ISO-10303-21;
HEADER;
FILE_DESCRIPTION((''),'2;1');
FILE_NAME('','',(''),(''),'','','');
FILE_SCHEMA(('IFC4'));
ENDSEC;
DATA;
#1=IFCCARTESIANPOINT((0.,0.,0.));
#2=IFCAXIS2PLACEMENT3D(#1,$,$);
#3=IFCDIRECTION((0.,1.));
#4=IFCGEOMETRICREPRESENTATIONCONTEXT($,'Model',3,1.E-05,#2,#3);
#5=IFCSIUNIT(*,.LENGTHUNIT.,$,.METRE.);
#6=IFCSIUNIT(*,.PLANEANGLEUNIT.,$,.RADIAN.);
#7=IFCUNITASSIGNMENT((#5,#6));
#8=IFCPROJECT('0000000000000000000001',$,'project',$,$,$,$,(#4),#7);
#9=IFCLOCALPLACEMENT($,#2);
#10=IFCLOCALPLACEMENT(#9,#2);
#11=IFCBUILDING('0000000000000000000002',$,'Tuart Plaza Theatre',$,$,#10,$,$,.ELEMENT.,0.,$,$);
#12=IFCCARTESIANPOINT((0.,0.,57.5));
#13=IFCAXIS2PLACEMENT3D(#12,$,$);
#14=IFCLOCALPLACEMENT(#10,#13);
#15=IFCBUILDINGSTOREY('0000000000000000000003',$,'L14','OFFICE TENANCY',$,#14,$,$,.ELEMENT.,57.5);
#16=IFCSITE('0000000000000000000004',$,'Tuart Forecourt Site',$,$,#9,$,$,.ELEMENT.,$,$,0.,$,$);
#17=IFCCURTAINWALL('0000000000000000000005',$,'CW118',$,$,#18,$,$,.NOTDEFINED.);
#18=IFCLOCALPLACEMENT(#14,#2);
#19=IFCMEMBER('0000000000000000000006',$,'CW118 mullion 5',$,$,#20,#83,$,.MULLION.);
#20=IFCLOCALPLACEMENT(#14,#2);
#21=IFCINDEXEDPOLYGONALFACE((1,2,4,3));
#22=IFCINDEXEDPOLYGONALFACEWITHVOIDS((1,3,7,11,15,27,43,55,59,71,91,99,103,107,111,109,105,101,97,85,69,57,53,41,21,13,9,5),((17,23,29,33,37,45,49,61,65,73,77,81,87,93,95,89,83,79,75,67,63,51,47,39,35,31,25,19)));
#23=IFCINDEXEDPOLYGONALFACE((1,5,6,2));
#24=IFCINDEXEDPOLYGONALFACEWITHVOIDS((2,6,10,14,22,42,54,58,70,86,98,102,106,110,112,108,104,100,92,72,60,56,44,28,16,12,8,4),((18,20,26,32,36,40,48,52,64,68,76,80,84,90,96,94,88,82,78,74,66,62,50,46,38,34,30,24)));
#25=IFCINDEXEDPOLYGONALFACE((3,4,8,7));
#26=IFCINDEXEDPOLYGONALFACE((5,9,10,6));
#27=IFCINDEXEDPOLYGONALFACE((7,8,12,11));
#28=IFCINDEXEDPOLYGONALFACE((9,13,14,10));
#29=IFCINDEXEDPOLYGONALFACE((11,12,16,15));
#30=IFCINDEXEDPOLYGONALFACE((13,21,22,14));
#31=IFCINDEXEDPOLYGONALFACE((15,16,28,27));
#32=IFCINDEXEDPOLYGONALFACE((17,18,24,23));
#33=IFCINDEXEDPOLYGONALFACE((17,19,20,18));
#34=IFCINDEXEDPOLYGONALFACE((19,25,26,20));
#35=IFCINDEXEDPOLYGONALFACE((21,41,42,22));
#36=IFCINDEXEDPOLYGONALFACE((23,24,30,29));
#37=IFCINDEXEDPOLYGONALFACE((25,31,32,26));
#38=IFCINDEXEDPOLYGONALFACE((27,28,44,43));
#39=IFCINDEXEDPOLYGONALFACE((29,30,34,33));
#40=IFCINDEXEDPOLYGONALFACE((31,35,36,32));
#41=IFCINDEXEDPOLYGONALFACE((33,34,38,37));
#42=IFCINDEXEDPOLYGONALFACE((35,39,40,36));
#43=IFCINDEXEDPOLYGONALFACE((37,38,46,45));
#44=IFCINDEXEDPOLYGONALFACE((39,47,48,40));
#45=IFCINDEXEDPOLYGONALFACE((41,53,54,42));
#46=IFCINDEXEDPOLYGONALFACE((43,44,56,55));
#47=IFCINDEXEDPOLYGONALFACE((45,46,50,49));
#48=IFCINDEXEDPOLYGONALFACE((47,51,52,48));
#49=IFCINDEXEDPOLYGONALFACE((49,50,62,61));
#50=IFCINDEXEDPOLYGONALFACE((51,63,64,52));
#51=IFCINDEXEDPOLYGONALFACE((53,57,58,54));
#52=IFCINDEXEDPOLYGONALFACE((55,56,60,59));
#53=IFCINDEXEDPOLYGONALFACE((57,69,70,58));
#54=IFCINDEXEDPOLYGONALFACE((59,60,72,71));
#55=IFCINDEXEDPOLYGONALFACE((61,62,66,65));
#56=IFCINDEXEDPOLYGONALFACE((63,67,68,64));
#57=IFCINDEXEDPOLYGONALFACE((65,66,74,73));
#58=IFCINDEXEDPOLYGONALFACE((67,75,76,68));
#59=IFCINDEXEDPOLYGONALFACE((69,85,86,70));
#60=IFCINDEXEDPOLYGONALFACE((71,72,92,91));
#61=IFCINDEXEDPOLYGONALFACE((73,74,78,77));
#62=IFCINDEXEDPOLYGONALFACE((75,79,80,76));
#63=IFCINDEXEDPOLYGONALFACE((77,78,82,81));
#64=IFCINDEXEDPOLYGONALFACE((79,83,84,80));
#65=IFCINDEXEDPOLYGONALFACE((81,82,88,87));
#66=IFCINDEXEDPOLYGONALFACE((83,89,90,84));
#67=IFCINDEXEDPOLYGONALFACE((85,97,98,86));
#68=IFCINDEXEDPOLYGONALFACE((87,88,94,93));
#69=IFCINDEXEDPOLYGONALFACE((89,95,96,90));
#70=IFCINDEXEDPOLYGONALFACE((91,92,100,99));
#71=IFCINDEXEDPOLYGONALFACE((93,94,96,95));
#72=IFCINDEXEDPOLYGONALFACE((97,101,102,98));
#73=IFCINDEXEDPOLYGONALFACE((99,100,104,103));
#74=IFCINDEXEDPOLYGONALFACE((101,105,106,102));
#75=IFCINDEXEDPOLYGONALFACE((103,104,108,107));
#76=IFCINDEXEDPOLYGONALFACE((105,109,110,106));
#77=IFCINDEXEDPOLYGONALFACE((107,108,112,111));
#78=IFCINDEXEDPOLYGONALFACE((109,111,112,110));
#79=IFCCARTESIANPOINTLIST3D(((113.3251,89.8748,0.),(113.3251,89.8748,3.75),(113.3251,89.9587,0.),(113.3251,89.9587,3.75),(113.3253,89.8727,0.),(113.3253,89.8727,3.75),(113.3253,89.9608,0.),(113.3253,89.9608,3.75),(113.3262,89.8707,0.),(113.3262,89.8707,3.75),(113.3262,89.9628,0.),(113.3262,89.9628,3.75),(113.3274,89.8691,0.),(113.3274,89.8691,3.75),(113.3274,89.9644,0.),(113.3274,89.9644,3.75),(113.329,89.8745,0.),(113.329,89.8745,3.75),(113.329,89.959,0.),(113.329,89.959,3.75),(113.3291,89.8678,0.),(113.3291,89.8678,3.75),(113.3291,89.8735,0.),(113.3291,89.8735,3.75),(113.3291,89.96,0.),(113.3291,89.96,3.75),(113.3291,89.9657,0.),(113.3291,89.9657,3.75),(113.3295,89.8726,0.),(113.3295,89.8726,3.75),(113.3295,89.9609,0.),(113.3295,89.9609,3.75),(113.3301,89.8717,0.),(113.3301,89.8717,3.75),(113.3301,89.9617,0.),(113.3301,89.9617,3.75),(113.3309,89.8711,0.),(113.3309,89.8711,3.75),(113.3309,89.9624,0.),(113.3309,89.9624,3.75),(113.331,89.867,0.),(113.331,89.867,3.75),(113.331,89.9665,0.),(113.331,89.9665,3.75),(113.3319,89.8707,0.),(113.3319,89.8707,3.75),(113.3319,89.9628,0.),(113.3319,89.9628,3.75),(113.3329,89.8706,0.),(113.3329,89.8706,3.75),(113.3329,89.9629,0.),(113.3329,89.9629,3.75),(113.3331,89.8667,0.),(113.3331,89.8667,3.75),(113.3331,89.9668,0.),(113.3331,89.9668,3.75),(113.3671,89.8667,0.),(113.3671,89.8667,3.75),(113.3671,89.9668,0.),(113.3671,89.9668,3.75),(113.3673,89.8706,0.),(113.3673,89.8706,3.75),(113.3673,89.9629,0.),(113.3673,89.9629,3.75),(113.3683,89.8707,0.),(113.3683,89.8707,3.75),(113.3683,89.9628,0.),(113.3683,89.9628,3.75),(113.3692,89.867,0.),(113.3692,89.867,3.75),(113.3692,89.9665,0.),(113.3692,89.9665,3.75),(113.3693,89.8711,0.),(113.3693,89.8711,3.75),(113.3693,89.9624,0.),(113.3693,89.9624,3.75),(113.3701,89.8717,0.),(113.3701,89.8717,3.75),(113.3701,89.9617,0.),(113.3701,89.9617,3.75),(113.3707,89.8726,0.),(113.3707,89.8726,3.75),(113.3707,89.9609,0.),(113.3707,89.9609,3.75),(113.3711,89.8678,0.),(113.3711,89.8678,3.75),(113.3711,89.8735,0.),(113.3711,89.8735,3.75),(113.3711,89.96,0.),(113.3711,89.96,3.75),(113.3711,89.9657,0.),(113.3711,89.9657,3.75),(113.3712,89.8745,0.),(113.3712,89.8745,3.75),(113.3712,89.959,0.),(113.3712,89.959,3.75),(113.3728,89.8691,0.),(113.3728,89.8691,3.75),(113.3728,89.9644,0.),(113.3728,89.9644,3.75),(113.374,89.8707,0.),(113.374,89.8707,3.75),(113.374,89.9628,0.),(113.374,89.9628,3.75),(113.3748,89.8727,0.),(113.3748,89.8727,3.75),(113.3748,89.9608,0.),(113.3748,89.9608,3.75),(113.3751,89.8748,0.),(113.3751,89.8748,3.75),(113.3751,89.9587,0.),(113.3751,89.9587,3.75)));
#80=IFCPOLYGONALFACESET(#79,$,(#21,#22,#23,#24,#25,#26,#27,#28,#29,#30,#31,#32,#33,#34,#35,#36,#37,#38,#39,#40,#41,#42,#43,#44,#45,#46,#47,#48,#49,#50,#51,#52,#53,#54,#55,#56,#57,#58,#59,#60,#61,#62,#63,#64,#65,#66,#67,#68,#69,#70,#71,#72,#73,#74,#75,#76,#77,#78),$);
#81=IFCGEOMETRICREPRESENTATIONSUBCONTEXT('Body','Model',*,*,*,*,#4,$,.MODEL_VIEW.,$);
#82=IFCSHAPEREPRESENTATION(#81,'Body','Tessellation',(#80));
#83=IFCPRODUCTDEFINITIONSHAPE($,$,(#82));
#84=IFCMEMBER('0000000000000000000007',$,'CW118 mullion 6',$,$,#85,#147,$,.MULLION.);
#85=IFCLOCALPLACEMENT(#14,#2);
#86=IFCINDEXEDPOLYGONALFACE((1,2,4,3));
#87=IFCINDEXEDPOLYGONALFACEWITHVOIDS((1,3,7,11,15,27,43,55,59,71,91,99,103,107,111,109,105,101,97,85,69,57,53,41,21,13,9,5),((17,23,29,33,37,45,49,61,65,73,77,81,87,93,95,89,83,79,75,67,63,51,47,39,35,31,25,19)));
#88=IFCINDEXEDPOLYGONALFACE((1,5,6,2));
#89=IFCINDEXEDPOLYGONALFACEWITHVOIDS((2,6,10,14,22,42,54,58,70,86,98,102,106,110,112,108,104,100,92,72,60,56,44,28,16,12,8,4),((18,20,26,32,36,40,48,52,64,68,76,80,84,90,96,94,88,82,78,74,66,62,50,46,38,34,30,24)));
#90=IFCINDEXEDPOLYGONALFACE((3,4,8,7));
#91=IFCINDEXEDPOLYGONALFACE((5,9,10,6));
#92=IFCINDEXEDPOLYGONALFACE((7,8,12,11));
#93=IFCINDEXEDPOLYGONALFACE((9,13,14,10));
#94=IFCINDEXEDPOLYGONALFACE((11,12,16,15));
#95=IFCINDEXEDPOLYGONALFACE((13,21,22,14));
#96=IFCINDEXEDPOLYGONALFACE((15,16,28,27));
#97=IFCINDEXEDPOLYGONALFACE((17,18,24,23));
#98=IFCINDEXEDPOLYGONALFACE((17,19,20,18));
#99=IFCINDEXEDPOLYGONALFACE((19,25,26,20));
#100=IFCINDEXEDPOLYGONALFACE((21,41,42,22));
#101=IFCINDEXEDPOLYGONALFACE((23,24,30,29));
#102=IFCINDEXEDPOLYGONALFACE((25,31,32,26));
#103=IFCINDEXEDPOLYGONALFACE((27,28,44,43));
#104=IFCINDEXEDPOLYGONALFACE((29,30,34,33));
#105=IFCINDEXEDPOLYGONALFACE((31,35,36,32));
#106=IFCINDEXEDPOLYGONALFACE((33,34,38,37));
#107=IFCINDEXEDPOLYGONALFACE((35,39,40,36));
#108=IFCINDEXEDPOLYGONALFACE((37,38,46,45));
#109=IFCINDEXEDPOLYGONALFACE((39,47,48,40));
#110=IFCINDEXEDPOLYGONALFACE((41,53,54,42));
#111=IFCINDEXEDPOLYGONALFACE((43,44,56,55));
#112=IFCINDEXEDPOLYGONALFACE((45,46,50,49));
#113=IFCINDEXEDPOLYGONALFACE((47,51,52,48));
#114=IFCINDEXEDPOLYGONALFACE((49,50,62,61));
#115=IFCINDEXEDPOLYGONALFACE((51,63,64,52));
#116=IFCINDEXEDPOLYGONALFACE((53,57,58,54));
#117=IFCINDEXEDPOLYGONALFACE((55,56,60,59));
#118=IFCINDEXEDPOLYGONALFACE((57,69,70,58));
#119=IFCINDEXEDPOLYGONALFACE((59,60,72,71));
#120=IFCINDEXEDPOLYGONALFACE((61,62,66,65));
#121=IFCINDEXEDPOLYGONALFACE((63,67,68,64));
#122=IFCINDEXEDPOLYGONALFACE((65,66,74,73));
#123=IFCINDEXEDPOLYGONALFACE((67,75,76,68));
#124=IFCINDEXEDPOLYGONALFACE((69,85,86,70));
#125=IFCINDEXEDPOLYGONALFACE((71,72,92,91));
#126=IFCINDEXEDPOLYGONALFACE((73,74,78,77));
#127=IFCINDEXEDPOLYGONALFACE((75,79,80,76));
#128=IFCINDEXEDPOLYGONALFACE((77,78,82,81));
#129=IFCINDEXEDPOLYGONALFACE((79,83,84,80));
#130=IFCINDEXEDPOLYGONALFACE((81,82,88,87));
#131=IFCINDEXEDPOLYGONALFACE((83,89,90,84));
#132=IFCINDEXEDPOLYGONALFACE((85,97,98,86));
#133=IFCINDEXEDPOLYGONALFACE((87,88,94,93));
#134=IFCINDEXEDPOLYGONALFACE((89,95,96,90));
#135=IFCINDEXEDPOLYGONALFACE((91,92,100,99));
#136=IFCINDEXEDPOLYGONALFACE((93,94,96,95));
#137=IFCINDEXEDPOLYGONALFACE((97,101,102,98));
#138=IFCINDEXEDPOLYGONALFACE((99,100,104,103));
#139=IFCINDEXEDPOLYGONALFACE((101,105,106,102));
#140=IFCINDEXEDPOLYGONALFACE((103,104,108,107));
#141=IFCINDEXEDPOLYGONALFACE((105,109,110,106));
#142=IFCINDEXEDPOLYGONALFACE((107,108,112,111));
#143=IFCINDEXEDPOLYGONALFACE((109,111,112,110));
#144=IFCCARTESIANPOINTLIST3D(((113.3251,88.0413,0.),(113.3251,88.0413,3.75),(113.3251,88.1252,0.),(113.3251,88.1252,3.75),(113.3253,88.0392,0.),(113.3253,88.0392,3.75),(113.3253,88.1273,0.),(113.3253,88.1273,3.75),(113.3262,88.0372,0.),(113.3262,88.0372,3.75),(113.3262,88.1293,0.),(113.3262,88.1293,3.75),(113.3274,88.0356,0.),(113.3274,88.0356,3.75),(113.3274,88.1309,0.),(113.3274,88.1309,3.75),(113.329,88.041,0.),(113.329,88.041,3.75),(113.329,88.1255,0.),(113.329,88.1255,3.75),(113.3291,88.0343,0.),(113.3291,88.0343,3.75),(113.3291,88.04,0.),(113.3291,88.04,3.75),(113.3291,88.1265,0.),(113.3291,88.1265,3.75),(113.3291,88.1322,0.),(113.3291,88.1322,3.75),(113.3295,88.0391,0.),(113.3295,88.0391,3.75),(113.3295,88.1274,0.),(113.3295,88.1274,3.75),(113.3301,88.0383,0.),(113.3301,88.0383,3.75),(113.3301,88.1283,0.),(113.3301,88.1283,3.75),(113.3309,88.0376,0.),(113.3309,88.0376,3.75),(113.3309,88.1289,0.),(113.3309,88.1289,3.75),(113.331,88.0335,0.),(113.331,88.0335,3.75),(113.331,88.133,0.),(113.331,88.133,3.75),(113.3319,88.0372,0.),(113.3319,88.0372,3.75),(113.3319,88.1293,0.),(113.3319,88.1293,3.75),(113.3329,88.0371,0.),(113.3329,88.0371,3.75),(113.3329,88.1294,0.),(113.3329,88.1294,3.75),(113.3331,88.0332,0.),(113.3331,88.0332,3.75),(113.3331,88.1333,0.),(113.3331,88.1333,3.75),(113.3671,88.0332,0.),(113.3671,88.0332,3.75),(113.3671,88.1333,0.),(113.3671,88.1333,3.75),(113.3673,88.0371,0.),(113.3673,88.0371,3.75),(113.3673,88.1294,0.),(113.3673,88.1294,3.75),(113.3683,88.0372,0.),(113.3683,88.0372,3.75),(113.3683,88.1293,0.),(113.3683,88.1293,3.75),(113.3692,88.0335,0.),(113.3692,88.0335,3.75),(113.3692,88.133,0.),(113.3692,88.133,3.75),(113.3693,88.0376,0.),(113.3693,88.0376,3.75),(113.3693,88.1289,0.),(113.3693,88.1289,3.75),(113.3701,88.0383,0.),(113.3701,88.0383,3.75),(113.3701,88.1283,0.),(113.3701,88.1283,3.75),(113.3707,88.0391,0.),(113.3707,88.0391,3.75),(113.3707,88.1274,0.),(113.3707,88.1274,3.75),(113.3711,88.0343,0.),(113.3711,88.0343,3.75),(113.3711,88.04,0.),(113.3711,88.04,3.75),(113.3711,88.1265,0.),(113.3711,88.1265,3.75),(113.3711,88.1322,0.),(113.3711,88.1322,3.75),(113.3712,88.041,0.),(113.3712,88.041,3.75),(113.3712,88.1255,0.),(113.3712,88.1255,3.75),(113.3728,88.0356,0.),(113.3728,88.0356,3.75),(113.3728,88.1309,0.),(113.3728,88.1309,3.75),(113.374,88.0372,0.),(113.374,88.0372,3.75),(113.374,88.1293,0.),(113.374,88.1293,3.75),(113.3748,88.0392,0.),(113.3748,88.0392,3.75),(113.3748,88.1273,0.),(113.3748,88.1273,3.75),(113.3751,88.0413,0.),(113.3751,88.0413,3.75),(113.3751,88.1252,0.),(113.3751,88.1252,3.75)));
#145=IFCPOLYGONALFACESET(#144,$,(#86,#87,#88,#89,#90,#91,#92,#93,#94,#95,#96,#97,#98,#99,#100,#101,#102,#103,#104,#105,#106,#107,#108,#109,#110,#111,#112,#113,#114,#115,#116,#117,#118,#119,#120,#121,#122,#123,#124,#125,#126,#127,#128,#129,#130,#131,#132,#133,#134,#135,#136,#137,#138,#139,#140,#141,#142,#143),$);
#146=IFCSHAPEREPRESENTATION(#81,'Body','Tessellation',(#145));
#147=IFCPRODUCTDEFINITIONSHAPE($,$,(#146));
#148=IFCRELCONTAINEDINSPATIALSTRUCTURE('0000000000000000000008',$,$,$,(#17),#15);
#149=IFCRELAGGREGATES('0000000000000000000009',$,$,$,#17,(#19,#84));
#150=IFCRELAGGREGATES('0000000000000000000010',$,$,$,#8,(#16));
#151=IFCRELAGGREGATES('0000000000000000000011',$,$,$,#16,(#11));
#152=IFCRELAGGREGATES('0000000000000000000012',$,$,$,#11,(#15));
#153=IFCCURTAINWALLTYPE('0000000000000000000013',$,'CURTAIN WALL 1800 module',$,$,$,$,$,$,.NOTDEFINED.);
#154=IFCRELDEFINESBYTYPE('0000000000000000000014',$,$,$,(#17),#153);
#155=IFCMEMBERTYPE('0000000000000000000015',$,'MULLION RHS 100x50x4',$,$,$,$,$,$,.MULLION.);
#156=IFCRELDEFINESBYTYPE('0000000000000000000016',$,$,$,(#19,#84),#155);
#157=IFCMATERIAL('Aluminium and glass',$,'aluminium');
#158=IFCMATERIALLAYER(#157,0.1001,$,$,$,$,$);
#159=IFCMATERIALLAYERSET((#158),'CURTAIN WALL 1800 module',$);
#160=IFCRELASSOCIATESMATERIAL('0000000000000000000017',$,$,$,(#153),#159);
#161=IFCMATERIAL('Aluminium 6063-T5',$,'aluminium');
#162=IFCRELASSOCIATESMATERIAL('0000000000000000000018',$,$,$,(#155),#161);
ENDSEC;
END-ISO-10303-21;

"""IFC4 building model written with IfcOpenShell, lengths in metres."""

from ifc_helpers import new_model, si_unit, direction, frame, origin, origin_2d, place, context, subcontext, project, spatial, hollow_rectangle, extrude, material, layer, layer_set, material_profile, profile_set, type_object, element, aggregate, save


model = new_model("IFC4")

# Units and contexts
model_context = context("Model", 3, precision=1e-05, world=origin(), true_north=direction((0.0, 1.0)))
body_context = subcontext(model_context, "Body", "Model", "MODEL_VIEW")
ifc_project = project(units=[si_unit("LENGTHUNIT", "METRE"), si_unit("PLANEANGLEUNIT", "RADIAN")], contexts=[model_context])

# Site, building, storey
site_placement = place(None, origin())
site = spatial("IfcSite", under=ifc_project, at=site_placement, Name="Tuart Forecourt Site", CompositionType="ELEMENT", RefElevation=0.0)
building_placement = place(site_placement, origin())
building = spatial("IfcBuilding", under=site, at=building_placement, Name="Tuart Plaza Theatre", CompositionType="ELEMENT", ElevationOfRefHeight=0.0)
storey_placement = place(building_placement, frame((0.0, 0.0, 57.5)))
storey = spatial("IfcBuildingStorey", under=building, at=storey_placement, Name="L14", Description="OFFICE TENANCY", CompositionType="ELEMENT", Elevation=57.5)

# Curtain wall, members
ifc_material_1 = material(Name="Aluminium and glass", Category="aluminium")
ifc_layer_1 = layer(ifc_material_1, 0.1001)
ifc_layer_set_1 = layer_set([ifc_layer_1], Name="CURTAIN WALL 1800 module")
curtain_wall_type = type_object("IfcCurtainWallType", Name="CURTAIN WALL 1800 module", PredefinedType="NOTDEFINED", material=ifc_layer_set_1)
curtain_wall_placement = place(storey_placement, origin())
curtain_wall = element("IfcCurtainWall", 1, at=curtain_wall_placement, inside=storey, type_object=curtain_wall_type, Name="CW118", PredefinedType="NOTDEFINED")
ifc_material_2 = material(Name="Aluminium 6063-T5", Category="aluminium")
ifc_material_profile = material_profile(ifc_material_2, hollow_rectangle(XDim=0.05, YDim=0.1001, WallThickness=0.0039, InnerFilletRadius=0.0039, OuterFilletRadius=0.0081, at=origin_2d()), Name="RHS 100x50x4")
ifc_profile_set = profile_set([ifc_material_profile], Name="Aluminium 6063-T5")
member_type = type_object("IfcMemberType", Name="MULLION RHS 100x50x4", PredefinedType="MULLION", material=ifc_profile_set)
member_1_placement = place(storey_placement, frame((113.3501, 89.9167, 0.0), z_axis=(0.0, 0.0, 1.0), x_axis=(1.0, 0.0, 0.0)))
member_1 = element("IfcMember", 2, at=member_1_placement, type_object=member_type, Name="CW118 mullion 5", PredefinedType="MULLION", context=body_context, shape_type="SweptSolid", body=[
    extrude(hollow_rectangle(XDim=0.05, YDim=0.1001, WallThickness=0.0039, InnerFilletRadius=0.0039, OuterFilletRadius=0.0081, at=origin_2d()), origin(), (0.0, 0.0, 1.0), 3.75),
])
member_2_placement = place(storey_placement, frame((113.3501, 88.0833, 0.0), z_axis=(0.0, 0.0, 1.0), x_axis=(1.0, 0.0, 0.0)))
member_2 = element("IfcMember", 3, at=member_2_placement, type_object=member_type, Name="CW118 mullion 6", PredefinedType="MULLION", context=body_context, shape_type="SweptSolid", body=[
    extrude(hollow_rectangle(XDim=0.05, YDim=0.1001, WallThickness=0.0039, InnerFilletRadius=0.0039, OuterFilletRadius=0.0081, at=origin_2d()), origin(), (0.0, 0.0, 1.0), 3.75),
])
aggregate(curtain_wall, [member_1, member_2])

save(model, "model.ifc")
